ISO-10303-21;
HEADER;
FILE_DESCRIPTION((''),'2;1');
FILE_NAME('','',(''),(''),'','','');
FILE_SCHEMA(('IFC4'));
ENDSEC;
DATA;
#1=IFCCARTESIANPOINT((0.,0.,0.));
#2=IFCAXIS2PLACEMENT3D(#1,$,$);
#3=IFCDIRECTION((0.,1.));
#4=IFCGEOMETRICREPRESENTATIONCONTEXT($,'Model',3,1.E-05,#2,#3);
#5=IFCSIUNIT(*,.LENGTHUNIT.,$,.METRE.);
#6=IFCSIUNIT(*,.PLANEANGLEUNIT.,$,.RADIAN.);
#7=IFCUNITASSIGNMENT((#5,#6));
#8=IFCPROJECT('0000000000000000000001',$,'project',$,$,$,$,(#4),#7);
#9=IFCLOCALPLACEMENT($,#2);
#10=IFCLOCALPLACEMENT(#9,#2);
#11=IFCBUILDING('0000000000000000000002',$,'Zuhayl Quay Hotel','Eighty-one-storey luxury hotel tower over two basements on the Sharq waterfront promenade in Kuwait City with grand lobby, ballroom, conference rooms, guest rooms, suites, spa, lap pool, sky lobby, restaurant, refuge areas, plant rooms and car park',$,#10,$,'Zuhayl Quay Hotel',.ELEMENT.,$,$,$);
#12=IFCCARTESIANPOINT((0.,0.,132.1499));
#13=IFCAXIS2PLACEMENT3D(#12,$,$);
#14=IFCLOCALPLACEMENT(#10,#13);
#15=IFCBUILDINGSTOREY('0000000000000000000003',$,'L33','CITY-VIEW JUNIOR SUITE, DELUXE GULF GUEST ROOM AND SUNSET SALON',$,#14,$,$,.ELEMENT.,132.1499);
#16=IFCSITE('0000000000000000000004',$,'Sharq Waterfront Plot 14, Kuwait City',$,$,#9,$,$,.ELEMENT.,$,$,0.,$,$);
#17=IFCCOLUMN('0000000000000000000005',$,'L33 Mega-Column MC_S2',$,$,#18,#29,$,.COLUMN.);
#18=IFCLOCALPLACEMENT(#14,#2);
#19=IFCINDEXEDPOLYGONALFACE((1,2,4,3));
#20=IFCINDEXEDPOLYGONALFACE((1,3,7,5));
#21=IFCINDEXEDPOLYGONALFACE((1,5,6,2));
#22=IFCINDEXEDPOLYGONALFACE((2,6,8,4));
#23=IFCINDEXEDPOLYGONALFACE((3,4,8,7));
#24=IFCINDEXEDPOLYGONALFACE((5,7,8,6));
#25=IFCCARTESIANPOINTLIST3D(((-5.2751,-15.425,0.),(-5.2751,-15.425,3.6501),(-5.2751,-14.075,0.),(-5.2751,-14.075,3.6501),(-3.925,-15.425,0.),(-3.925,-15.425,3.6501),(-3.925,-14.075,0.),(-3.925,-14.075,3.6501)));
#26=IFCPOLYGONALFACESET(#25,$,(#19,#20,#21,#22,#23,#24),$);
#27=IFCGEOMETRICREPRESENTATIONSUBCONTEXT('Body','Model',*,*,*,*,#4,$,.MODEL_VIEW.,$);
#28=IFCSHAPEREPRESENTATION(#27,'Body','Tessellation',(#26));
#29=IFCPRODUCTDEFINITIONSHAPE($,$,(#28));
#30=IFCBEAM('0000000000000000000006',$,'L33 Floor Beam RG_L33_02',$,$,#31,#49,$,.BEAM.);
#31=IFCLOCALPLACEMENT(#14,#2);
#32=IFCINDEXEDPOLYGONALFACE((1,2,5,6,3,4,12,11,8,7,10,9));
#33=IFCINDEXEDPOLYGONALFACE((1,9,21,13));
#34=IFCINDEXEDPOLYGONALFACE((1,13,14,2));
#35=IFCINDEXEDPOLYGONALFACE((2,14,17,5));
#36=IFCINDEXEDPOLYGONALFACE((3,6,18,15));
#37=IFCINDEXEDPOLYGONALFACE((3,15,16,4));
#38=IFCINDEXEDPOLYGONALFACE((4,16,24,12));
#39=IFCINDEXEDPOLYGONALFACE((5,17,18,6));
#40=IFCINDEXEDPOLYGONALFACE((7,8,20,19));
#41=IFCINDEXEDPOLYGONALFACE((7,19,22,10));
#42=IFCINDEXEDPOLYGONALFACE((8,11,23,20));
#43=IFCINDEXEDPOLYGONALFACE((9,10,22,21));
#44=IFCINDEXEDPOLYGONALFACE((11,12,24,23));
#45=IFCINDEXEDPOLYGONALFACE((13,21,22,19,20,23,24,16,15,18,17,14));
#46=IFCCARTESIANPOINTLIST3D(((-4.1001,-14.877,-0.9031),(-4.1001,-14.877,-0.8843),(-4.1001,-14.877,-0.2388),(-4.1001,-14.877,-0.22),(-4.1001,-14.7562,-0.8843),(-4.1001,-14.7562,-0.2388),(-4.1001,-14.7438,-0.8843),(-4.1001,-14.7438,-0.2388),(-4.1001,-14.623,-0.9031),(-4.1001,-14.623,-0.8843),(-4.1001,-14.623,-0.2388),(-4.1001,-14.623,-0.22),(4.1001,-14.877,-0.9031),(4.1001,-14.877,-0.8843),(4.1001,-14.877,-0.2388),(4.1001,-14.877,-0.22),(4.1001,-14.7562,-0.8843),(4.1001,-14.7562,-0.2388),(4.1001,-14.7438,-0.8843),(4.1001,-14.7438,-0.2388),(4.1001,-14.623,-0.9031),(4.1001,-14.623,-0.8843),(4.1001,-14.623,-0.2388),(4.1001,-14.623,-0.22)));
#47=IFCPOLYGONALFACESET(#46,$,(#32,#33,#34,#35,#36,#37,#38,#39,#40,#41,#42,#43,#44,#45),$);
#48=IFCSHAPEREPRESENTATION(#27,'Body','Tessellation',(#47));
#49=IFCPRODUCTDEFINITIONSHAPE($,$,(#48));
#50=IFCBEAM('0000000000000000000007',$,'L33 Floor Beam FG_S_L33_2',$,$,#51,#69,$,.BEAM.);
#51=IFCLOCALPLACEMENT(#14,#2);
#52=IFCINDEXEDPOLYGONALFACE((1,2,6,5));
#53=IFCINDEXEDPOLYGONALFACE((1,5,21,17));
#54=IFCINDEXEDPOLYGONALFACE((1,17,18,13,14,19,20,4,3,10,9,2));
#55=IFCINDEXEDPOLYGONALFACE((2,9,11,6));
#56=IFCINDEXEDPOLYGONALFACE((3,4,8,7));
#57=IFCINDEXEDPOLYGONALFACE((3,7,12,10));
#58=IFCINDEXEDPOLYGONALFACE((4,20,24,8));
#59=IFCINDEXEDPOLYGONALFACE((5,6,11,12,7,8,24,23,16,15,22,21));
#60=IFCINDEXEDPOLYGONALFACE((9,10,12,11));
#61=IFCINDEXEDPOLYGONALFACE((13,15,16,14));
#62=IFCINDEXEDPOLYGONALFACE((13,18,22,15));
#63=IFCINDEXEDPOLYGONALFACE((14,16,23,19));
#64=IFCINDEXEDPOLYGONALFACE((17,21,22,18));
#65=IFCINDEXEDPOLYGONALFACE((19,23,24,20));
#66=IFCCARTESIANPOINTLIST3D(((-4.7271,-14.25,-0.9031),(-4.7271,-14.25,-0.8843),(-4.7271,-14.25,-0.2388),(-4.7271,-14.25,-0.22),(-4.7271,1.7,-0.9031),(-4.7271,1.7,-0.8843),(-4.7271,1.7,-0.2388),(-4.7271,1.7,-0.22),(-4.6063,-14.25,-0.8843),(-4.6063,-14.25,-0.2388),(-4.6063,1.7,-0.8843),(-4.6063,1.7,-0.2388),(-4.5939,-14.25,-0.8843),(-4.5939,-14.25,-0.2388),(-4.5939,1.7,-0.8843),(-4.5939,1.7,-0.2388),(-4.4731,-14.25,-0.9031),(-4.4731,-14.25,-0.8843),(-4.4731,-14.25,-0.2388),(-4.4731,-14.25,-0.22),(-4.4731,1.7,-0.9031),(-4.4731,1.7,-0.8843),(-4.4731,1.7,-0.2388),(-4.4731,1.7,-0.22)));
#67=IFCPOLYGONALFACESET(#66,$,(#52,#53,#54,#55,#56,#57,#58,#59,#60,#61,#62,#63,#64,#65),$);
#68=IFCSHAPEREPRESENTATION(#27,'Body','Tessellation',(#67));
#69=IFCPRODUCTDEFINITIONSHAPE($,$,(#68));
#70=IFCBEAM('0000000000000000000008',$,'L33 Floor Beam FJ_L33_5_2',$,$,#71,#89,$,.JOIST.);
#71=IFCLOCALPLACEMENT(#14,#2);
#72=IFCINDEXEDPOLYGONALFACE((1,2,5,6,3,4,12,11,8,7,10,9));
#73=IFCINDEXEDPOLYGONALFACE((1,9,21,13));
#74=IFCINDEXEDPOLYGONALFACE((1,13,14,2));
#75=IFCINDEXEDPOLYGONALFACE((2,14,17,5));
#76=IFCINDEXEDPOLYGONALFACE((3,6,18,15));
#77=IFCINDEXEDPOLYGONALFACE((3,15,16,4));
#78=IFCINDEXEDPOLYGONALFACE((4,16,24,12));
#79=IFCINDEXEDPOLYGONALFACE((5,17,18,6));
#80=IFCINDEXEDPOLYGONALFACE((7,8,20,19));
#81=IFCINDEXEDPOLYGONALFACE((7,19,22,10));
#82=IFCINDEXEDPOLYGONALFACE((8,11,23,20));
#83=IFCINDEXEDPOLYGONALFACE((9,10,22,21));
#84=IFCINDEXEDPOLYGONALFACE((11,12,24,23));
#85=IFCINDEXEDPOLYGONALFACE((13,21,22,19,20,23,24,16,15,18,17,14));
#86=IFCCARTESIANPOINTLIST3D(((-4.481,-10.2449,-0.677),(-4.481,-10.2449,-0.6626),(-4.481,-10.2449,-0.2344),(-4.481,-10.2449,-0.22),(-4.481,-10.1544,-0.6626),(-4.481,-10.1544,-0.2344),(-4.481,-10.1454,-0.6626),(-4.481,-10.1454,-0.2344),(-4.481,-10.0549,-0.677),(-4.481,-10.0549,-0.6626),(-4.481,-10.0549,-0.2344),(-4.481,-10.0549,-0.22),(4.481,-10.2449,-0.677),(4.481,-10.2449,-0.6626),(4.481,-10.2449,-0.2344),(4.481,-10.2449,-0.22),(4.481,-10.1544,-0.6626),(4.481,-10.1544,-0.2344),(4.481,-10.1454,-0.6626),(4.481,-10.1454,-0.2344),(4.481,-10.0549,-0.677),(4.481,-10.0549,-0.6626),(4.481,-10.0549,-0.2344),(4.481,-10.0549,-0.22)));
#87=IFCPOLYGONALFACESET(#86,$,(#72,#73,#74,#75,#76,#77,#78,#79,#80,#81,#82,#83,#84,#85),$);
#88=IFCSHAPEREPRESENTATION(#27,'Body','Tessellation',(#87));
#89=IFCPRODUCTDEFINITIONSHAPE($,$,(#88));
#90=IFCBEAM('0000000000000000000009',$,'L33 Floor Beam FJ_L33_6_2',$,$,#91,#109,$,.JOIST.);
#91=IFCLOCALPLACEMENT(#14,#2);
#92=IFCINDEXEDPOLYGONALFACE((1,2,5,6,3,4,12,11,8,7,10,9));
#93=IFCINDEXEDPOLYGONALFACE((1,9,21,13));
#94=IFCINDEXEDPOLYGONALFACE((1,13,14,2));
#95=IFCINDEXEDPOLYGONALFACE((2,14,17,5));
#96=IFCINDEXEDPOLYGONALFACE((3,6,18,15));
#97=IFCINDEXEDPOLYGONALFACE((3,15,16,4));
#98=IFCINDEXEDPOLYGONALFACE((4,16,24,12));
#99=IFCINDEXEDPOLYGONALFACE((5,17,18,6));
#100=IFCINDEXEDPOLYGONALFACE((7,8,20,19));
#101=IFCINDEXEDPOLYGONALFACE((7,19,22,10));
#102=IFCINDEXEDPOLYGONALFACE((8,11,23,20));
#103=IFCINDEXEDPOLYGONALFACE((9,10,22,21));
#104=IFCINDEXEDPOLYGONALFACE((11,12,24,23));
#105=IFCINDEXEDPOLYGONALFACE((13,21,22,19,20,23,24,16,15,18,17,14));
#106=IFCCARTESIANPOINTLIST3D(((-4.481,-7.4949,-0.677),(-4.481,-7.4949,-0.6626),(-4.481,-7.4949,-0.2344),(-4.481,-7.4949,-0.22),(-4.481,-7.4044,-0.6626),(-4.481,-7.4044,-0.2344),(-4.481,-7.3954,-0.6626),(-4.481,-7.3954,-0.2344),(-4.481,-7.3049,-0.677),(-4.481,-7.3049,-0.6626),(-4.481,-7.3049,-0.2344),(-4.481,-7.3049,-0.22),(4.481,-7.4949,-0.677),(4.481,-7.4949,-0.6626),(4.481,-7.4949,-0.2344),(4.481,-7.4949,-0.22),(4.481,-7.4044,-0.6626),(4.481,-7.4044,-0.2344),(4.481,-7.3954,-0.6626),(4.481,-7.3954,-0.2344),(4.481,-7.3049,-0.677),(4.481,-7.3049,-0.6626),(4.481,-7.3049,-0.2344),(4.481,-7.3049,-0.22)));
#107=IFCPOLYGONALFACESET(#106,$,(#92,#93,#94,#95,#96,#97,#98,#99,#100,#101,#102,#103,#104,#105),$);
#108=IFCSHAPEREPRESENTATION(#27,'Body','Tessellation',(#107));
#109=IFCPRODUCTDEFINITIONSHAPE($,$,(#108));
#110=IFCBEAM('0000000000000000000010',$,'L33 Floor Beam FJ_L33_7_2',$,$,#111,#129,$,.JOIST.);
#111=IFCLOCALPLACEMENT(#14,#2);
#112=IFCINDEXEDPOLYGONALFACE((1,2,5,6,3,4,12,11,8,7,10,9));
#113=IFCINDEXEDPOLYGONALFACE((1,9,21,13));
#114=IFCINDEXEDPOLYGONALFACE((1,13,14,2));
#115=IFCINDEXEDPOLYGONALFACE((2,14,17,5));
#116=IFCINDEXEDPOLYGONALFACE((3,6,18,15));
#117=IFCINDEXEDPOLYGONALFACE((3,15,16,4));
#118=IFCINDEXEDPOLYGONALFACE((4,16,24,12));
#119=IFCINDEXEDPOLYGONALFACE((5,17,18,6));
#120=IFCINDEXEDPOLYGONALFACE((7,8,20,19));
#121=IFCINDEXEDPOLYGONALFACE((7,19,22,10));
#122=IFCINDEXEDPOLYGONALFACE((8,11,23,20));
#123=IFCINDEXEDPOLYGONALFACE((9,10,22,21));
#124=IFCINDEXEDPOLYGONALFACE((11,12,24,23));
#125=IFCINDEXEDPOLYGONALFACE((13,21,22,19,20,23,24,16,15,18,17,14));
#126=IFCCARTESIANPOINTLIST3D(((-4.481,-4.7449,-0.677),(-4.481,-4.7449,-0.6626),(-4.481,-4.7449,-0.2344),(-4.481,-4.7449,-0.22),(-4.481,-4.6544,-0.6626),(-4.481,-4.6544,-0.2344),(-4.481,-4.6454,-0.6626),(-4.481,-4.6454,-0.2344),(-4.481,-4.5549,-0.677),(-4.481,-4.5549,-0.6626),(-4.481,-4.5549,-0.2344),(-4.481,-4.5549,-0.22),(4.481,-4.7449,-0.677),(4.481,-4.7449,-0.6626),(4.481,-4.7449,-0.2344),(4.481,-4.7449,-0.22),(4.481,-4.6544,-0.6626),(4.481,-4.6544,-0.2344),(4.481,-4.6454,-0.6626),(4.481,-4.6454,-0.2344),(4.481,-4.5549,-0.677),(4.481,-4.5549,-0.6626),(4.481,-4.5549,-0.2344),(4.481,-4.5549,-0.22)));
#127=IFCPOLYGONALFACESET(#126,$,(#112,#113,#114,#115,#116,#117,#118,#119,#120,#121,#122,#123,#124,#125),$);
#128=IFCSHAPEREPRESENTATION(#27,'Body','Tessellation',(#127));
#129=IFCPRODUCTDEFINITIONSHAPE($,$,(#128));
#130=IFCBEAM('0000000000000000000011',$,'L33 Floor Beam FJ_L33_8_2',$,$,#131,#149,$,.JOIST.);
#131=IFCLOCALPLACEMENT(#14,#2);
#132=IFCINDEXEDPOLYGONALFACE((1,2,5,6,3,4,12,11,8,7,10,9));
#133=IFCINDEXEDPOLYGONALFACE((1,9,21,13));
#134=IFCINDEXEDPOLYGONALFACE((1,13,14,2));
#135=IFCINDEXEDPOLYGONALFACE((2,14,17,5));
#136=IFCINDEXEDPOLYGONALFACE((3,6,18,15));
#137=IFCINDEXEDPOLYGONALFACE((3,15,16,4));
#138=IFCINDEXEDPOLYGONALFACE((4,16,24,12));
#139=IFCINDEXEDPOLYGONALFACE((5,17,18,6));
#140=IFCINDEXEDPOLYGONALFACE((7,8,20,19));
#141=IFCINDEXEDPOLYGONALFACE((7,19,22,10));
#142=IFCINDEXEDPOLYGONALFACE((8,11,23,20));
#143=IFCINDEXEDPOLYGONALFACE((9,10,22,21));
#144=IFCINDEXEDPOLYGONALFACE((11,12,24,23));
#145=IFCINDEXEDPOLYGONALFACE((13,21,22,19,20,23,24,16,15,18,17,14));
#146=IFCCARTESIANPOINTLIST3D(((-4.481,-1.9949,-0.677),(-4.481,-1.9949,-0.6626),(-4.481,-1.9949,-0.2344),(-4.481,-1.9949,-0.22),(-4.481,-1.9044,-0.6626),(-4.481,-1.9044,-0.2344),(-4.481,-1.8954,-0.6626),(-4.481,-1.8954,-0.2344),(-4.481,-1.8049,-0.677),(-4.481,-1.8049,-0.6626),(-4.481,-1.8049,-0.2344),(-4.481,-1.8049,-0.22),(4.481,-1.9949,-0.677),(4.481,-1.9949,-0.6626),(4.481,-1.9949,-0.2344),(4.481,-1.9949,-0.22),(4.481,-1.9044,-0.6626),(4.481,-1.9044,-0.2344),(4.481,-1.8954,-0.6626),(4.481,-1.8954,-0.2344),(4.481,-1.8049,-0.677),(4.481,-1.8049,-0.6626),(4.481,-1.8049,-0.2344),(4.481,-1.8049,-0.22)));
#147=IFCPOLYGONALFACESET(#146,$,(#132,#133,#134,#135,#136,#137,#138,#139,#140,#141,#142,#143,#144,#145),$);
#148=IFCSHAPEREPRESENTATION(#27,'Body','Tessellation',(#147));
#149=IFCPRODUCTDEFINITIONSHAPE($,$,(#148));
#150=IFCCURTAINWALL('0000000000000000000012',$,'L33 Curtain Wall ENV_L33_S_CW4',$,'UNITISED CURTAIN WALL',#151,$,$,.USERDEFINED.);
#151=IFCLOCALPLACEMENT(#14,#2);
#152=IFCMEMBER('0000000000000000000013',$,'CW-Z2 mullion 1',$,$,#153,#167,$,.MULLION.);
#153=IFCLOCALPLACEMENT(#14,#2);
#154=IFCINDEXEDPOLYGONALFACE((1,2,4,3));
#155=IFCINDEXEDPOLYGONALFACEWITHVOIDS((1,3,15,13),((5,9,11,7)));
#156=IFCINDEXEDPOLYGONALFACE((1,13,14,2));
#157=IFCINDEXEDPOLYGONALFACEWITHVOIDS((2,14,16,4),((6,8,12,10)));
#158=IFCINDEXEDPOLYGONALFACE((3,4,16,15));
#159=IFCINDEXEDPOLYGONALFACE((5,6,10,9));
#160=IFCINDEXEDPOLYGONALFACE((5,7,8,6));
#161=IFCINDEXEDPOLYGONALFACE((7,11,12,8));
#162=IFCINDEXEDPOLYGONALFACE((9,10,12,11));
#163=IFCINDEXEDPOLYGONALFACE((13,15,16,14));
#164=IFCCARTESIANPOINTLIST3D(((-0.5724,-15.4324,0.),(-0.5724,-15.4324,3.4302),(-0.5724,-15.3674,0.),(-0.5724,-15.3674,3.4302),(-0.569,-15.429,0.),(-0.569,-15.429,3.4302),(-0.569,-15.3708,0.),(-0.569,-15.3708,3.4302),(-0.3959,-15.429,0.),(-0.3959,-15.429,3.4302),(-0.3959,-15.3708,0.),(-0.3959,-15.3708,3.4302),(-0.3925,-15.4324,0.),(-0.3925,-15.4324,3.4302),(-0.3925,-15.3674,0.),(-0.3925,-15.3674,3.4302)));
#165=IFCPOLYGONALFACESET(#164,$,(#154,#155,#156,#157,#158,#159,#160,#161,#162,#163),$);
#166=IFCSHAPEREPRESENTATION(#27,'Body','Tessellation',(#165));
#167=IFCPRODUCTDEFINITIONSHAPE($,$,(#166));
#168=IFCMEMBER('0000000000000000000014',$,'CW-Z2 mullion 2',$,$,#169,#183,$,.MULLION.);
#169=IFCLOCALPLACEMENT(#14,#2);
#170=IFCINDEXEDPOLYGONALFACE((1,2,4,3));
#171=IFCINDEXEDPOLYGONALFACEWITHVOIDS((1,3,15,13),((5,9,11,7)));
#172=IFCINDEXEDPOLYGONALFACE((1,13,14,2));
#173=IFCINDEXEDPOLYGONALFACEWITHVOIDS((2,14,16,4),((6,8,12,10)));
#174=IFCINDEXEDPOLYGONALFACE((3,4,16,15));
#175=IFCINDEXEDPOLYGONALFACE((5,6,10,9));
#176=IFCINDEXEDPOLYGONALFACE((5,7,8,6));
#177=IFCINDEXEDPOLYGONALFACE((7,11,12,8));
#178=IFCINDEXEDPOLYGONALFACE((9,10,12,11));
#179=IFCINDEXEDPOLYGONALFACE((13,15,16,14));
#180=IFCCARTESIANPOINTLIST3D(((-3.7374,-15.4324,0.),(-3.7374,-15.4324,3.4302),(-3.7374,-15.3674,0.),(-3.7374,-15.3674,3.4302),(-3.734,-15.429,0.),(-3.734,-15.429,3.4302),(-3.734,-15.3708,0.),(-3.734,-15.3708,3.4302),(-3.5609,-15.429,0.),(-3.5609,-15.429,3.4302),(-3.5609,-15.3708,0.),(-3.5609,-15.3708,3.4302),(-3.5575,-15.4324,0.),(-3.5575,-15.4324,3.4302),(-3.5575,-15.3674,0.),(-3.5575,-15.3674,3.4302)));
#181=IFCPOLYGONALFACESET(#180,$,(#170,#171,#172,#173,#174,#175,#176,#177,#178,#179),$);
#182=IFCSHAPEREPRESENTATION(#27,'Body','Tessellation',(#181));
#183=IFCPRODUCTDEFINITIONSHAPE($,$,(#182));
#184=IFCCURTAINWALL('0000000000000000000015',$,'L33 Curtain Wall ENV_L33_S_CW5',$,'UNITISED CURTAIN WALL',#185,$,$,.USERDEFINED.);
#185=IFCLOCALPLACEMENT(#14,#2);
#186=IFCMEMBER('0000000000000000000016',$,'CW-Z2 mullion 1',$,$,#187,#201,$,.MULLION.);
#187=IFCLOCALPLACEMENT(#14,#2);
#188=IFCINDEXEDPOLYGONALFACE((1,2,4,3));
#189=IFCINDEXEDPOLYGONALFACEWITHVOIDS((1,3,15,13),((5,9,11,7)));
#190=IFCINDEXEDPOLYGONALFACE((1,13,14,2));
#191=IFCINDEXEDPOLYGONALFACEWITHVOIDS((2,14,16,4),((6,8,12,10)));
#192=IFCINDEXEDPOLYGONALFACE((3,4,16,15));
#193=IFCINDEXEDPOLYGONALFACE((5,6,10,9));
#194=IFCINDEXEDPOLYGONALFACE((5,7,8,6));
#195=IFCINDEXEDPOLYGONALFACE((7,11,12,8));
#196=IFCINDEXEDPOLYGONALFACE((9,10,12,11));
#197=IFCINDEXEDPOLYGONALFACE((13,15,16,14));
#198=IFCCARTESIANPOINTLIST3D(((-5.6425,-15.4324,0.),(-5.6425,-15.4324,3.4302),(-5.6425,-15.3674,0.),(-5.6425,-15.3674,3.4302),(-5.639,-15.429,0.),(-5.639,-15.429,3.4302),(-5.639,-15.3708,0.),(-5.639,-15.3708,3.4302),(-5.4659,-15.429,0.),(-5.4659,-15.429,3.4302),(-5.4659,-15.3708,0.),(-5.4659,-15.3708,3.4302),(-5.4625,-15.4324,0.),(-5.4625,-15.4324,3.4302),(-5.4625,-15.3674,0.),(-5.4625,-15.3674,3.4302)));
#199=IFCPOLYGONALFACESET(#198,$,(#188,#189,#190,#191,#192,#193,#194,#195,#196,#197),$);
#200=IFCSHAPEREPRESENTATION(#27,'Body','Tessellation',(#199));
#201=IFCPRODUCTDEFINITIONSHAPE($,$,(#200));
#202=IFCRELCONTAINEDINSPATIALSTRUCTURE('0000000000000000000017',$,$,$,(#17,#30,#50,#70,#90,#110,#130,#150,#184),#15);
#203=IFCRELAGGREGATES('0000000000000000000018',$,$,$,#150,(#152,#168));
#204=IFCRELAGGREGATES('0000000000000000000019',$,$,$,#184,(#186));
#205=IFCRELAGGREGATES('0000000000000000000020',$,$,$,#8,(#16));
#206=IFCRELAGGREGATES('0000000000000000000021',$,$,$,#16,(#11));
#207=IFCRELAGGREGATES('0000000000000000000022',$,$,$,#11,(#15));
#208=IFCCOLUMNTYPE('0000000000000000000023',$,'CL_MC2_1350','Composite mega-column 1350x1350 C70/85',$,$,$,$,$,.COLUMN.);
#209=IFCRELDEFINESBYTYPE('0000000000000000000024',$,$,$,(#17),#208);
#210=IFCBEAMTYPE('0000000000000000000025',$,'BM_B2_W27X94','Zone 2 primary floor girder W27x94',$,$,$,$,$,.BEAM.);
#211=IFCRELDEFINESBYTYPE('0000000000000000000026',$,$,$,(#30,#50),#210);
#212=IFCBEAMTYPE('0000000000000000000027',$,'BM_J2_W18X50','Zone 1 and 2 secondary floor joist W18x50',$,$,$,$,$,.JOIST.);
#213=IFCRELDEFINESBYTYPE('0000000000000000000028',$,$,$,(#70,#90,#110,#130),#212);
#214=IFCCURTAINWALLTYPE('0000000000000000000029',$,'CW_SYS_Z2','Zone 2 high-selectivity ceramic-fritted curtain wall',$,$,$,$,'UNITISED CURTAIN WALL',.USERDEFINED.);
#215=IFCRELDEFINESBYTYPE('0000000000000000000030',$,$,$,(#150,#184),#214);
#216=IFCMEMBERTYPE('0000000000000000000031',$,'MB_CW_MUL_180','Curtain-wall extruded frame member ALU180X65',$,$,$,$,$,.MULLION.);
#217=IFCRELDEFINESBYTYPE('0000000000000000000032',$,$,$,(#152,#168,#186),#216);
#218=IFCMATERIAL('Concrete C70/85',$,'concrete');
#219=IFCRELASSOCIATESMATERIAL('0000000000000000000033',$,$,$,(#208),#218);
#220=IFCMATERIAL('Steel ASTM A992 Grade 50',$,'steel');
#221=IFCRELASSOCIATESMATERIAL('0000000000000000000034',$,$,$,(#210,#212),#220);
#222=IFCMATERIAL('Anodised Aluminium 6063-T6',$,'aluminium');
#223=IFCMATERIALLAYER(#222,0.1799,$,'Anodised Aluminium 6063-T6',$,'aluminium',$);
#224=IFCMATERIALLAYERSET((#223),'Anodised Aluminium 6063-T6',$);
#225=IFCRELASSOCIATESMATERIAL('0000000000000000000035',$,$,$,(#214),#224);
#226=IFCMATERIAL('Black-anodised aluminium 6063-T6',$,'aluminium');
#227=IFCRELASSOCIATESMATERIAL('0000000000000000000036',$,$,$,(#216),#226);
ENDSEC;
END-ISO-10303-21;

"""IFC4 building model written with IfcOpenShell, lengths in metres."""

from ifc_helpers import new_model, si_unit, direction, frame, origin, origin_2d, place, context, subcontext, project, spatial, rectangle, hollow_rectangle, i_section, extrude, material, layer, layer_set, material_profile, profile_set, type_object, element, aggregate, save


model = new_model("IFC4")

# Units and contexts
model_context = context("Model", 3, precision=1e-05, world=origin(), true_north=direction((0.0, 1.0)))
body_context = subcontext(model_context, "Body", "Model", "MODEL_VIEW")
ifc_project = project(units=[si_unit("LENGTHUNIT", "METRE"), si_unit("PLANEANGLEUNIT", "RADIAN")], contexts=[model_context])

# Site, building, storey
site_placement = place(None, origin())
site = spatial("IfcSite", under=ifc_project, at=site_placement, Name="Sharq Waterfront Plot 14, Kuwait City", CompositionType="ELEMENT", RefElevation=0.0)
building_placement = place(site_placement, origin())
building = spatial("IfcBuilding", under=site, at=building_placement, Name="Zuhayl Quay Hotel", Description="Eighty-one-storey luxury hotel tower over two basements on the Sharq waterfront promenade in Kuwait City with grand lobby, ballroom, conference rooms, guest rooms, suites, spa, lap pool, sky lobby, restaurant, refuge areas, plant rooms and car park", LongName="Zuhayl Quay Hotel", CompositionType="ELEMENT")
storey_placement = place(building_placement, frame((0.0, 0.0, 132.1499)))
storey = spatial("IfcBuildingStorey", under=building, at=storey_placement, Name="L33", Description="CITY-VIEW JUNIOR SUITE, DELUXE GULF GUEST ROOM AND SUNSET SALON", CompositionType="ELEMENT", Elevation=132.1499)

# Column
ifc_material_1 = material(Name="Concrete C70/85", Category="concrete")
ifc_material_profile_1 = material_profile(ifc_material_1, rectangle(XDim=1.3501, YDim=1.3501, at=origin_2d()), Name="RC1350X1350")
ifc_profile_set_1 = profile_set([ifc_material_profile_1], Name="Concrete C70/85")
column_type = type_object("IfcColumnType", Name="CL_MC2_1350", Description="Composite mega-column 1350x1350 C70/85", PredefinedType="COLUMN", material=ifc_profile_set_1)
column_placement = place(storey_placement, frame((-4.6001, -14.75, 0.0), z_axis=(0.0, 0.0, 1.0), x_axis=(1.0, 0.0, 0.0)))
element("IfcColumn", 1, at=column_placement, inside=storey, type_object=column_type, Name="L33 Mega-Column MC_S2", PredefinedType="COLUMN", context=body_context, shape_type="SweptSolid", body=[
    extrude(rectangle(XDim=1.3501, YDim=1.3501, at=origin_2d()), origin(), (0.0, 0.0, 1.0), 3.6501),
])

# Beams
ifc_material_2 = material(Name="Steel ASTM A992 Grade 50", Category="steel")
ifc_material_profile_2 = material_profile(ifc_material_2, i_section(OverallWidth=0.2539, OverallDepth=0.6831, WebThickness=0.0125, FlangeThickness=0.0188, at=origin_2d()), Name="W27X94")
ifc_profile_set_2 = profile_set([ifc_material_profile_2], Name="Steel ASTM A992 Grade 50")
beam_type_1 = type_object("IfcBeamType", Name="BM_B2_W27X94", Description="Zone 2 primary floor girder W27x94", PredefinedType="BEAM", material=ifc_profile_set_2)
beam_1_placement = place(storey_placement, frame((-4.1001, -14.75, -0.5615), z_axis=(1.0, 0.0, 0.0), x_axis=(0.0, 1.0, 0.0)))
element("IfcBeam", 2, at=beam_1_placement, inside=storey, type_object=beam_type_1, Name="L33 Floor Beam RG_L33_02", PredefinedType="BEAM", context=body_context, shape_type="SweptSolid", body=[
    extrude(i_section(OverallWidth=0.2539, OverallDepth=0.6831, WebThickness=0.0125, FlangeThickness=0.0188, at=origin_2d()), origin(), (0.0, 0.0, 1.0), 8.2002),
])
beam_2_placement = place(storey_placement, frame((-4.6001, -14.25, -0.5615), z_axis=(0.0, 1.0, 0.0), x_axis=(-1.0, 0.0, 0.0)))
element("IfcBeam", 3, at=beam_2_placement, inside=storey, type_object=beam_type_1, Name="L33 Floor Beam FG_S_L33_2", PredefinedType="BEAM", context=body_context, shape_type="SweptSolid", body=[
    extrude(i_section(OverallWidth=0.2539, OverallDepth=0.6831, WebThickness=0.0125, FlangeThickness=0.0188, at=origin_2d()), origin(), (0.0, 0.0, 1.0), 15.95),
])
ifc_material_profile_3 = material_profile(ifc_material_2, i_section(OverallWidth=0.1899, OverallDepth=0.457, WebThickness=0.009, FlangeThickness=0.0144, at=origin_2d()), Name="W18X50")
ifc_profile_set_3 = profile_set([ifc_material_profile_3], Name="Steel ASTM A992 Grade 50")
beam_type_2 = type_object("IfcBeamType", Name="BM_J2_W18X50", Description="Zone 1 and 2 secondary floor joist W18x50", PredefinedType="JOIST", material=ifc_profile_set_3)
for number, where, z_axis, x_axis, name in (
    (4, (-4.481, -10.1499, -0.4485), (1.0, 0.0, 0.0), (0.0, 1.0, 0.0), "L33 Floor Beam FJ_L33_5_2"),
    (5, (-4.481, -7.3999, -0.4485), (1.0, 0.0, 0.0), (0.0, 1.0, 0.0), "L33 Floor Beam FJ_L33_6_2"),
    (6, (-4.481, -4.6499, -0.4485), (1.0, 0.0, 0.0), (0.0, 1.0, 0.0), "L33 Floor Beam FJ_L33_7_2"),
    (7, (-4.481, -1.8999, -0.4485), (1.0, 0.0, 0.0), (0.0, 1.0, 0.0), "L33 Floor Beam FJ_L33_8_2"),
):
    element("IfcBeam", number, at=place(storey_placement, frame(where, z_axis=z_axis, x_axis=x_axis)), inside=storey, type_object=beam_type_2, Name=name, PredefinedType="JOIST", context=body_context, shape_type="SweptSolid", body=[
        extrude(i_section(OverallWidth=0.1899, OverallDepth=0.457, WebThickness=0.009, FlangeThickness=0.0144, at=origin_2d()), origin(), (0.0, 0.0, 1.0), 8.9619),
    ])

# Curtain walls, members
ifc_material_3 = material(Name="Anodised Aluminium 6063-T6", Category="aluminium")
ifc_layer_1 = layer(ifc_material_3, 0.1799, Name="Anodised Aluminium 6063-T6", Category="aluminium")
ifc_layer_set_1 = layer_set([ifc_layer_1], Name="Anodised Aluminium 6063-T6")
curtain_wall_type = type_object("IfcCurtainWallType", Name="CW_SYS_Z2", Description="Zone 2 high-selectivity ceramic-fritted curtain wall", ElementType="UNITISED CURTAIN WALL", PredefinedType="USERDEFINED", material=ifc_layer_set_1)
curtain_wall_1_placement = place(storey_placement, origin())
curtain_wall_1 = element("IfcCurtainWall", 8, at=curtain_wall_1_placement, inside=storey, type_object=curtain_wall_type, Name="L33 Curtain Wall ENV_L33_S_CW4", ObjectType="UNITISED CURTAIN WALL", PredefinedType="USERDEFINED")
ifc_material_4 = material(Name="Black-anodised aluminium 6063-T6", Category="aluminium")
ifc_material_profile_4 = material_profile(ifc_material_4, hollow_rectangle(XDim=0.0649, YDim=0.1799, WallThickness=0.0034, at=origin_2d()), Name="ALU180X65")
ifc_profile_set_4 = profile_set([ifc_material_profile_4], Name="Black-anodised aluminium 6063-T6")
member_type_1 = type_object("IfcMemberType", Name="MB_CW_MUL_180", Description="Curtain-wall extruded frame member ALU180X65", PredefinedType="MULLION", material=ifc_profile_set_4)
member_1_placement = place(storey_placement, frame((-0.4824, -15.3999, 0.0), z_axis=(0.0, 0.0, 1.0), x_axis=(0.0, -1.0, 0.0)))
member_1 = element("IfcMember", 9, at=member_1_placement, type_object=member_type_1, Name="CW-Z2 mullion 1", PredefinedType="MULLION", context=body_context, shape_type="SweptSolid", body=[
    extrude(hollow_rectangle(XDim=0.0649, YDim=0.1799, WallThickness=0.0034, at=origin_2d()), origin(), (0.0, 0.0, 1.0), 3.4302),
])
member_2_placement = place(storey_placement, frame((-3.6475, -15.3999, 0.0), z_axis=(0.0, 0.0, 1.0), x_axis=(0.0, -1.0, 0.0)))
member_2 = element("IfcMember", 10, at=member_2_placement, type_object=member_type_1, Name="CW-Z2 mullion 2", PredefinedType="MULLION", context=body_context, shape_type="SweptSolid", body=[
    extrude(hollow_rectangle(XDim=0.0649, YDim=0.1799, WallThickness=0.0034, at=origin_2d()), origin(), (0.0, 0.0, 1.0), 3.4302),
])
curtain_wall_2_placement = place(storey_placement, origin())
curtain_wall_2 = element("IfcCurtainWall", 11, at=curtain_wall_2_placement, inside=storey, type_object=curtain_wall_type, Name="L33 Curtain Wall ENV_L33_S_CW5", ObjectType="UNITISED CURTAIN WALL", PredefinedType="USERDEFINED")
member_3_placement = place(storey_placement, frame((-5.5525, -15.3999, 0.0), z_axis=(0.0, 0.0, 1.0), x_axis=(0.0, -1.0, 0.0)))
member_3 = element("IfcMember", 12, at=member_3_placement, type_object=member_type_1, Name="CW-Z2 mullion 1", PredefinedType="MULLION", context=body_context, shape_type="SweptSolid", body=[
    extrude(hollow_rectangle(XDim=0.0649, YDim=0.1799, WallThickness=0.0034, at=origin_2d()), origin(), (0.0, 0.0, 1.0), 3.4302),
])

aggregate(curtain_wall_1, [member_1, member_2])
aggregate(curtain_wall_2, [member_3])

save(model, "model.ifc")
